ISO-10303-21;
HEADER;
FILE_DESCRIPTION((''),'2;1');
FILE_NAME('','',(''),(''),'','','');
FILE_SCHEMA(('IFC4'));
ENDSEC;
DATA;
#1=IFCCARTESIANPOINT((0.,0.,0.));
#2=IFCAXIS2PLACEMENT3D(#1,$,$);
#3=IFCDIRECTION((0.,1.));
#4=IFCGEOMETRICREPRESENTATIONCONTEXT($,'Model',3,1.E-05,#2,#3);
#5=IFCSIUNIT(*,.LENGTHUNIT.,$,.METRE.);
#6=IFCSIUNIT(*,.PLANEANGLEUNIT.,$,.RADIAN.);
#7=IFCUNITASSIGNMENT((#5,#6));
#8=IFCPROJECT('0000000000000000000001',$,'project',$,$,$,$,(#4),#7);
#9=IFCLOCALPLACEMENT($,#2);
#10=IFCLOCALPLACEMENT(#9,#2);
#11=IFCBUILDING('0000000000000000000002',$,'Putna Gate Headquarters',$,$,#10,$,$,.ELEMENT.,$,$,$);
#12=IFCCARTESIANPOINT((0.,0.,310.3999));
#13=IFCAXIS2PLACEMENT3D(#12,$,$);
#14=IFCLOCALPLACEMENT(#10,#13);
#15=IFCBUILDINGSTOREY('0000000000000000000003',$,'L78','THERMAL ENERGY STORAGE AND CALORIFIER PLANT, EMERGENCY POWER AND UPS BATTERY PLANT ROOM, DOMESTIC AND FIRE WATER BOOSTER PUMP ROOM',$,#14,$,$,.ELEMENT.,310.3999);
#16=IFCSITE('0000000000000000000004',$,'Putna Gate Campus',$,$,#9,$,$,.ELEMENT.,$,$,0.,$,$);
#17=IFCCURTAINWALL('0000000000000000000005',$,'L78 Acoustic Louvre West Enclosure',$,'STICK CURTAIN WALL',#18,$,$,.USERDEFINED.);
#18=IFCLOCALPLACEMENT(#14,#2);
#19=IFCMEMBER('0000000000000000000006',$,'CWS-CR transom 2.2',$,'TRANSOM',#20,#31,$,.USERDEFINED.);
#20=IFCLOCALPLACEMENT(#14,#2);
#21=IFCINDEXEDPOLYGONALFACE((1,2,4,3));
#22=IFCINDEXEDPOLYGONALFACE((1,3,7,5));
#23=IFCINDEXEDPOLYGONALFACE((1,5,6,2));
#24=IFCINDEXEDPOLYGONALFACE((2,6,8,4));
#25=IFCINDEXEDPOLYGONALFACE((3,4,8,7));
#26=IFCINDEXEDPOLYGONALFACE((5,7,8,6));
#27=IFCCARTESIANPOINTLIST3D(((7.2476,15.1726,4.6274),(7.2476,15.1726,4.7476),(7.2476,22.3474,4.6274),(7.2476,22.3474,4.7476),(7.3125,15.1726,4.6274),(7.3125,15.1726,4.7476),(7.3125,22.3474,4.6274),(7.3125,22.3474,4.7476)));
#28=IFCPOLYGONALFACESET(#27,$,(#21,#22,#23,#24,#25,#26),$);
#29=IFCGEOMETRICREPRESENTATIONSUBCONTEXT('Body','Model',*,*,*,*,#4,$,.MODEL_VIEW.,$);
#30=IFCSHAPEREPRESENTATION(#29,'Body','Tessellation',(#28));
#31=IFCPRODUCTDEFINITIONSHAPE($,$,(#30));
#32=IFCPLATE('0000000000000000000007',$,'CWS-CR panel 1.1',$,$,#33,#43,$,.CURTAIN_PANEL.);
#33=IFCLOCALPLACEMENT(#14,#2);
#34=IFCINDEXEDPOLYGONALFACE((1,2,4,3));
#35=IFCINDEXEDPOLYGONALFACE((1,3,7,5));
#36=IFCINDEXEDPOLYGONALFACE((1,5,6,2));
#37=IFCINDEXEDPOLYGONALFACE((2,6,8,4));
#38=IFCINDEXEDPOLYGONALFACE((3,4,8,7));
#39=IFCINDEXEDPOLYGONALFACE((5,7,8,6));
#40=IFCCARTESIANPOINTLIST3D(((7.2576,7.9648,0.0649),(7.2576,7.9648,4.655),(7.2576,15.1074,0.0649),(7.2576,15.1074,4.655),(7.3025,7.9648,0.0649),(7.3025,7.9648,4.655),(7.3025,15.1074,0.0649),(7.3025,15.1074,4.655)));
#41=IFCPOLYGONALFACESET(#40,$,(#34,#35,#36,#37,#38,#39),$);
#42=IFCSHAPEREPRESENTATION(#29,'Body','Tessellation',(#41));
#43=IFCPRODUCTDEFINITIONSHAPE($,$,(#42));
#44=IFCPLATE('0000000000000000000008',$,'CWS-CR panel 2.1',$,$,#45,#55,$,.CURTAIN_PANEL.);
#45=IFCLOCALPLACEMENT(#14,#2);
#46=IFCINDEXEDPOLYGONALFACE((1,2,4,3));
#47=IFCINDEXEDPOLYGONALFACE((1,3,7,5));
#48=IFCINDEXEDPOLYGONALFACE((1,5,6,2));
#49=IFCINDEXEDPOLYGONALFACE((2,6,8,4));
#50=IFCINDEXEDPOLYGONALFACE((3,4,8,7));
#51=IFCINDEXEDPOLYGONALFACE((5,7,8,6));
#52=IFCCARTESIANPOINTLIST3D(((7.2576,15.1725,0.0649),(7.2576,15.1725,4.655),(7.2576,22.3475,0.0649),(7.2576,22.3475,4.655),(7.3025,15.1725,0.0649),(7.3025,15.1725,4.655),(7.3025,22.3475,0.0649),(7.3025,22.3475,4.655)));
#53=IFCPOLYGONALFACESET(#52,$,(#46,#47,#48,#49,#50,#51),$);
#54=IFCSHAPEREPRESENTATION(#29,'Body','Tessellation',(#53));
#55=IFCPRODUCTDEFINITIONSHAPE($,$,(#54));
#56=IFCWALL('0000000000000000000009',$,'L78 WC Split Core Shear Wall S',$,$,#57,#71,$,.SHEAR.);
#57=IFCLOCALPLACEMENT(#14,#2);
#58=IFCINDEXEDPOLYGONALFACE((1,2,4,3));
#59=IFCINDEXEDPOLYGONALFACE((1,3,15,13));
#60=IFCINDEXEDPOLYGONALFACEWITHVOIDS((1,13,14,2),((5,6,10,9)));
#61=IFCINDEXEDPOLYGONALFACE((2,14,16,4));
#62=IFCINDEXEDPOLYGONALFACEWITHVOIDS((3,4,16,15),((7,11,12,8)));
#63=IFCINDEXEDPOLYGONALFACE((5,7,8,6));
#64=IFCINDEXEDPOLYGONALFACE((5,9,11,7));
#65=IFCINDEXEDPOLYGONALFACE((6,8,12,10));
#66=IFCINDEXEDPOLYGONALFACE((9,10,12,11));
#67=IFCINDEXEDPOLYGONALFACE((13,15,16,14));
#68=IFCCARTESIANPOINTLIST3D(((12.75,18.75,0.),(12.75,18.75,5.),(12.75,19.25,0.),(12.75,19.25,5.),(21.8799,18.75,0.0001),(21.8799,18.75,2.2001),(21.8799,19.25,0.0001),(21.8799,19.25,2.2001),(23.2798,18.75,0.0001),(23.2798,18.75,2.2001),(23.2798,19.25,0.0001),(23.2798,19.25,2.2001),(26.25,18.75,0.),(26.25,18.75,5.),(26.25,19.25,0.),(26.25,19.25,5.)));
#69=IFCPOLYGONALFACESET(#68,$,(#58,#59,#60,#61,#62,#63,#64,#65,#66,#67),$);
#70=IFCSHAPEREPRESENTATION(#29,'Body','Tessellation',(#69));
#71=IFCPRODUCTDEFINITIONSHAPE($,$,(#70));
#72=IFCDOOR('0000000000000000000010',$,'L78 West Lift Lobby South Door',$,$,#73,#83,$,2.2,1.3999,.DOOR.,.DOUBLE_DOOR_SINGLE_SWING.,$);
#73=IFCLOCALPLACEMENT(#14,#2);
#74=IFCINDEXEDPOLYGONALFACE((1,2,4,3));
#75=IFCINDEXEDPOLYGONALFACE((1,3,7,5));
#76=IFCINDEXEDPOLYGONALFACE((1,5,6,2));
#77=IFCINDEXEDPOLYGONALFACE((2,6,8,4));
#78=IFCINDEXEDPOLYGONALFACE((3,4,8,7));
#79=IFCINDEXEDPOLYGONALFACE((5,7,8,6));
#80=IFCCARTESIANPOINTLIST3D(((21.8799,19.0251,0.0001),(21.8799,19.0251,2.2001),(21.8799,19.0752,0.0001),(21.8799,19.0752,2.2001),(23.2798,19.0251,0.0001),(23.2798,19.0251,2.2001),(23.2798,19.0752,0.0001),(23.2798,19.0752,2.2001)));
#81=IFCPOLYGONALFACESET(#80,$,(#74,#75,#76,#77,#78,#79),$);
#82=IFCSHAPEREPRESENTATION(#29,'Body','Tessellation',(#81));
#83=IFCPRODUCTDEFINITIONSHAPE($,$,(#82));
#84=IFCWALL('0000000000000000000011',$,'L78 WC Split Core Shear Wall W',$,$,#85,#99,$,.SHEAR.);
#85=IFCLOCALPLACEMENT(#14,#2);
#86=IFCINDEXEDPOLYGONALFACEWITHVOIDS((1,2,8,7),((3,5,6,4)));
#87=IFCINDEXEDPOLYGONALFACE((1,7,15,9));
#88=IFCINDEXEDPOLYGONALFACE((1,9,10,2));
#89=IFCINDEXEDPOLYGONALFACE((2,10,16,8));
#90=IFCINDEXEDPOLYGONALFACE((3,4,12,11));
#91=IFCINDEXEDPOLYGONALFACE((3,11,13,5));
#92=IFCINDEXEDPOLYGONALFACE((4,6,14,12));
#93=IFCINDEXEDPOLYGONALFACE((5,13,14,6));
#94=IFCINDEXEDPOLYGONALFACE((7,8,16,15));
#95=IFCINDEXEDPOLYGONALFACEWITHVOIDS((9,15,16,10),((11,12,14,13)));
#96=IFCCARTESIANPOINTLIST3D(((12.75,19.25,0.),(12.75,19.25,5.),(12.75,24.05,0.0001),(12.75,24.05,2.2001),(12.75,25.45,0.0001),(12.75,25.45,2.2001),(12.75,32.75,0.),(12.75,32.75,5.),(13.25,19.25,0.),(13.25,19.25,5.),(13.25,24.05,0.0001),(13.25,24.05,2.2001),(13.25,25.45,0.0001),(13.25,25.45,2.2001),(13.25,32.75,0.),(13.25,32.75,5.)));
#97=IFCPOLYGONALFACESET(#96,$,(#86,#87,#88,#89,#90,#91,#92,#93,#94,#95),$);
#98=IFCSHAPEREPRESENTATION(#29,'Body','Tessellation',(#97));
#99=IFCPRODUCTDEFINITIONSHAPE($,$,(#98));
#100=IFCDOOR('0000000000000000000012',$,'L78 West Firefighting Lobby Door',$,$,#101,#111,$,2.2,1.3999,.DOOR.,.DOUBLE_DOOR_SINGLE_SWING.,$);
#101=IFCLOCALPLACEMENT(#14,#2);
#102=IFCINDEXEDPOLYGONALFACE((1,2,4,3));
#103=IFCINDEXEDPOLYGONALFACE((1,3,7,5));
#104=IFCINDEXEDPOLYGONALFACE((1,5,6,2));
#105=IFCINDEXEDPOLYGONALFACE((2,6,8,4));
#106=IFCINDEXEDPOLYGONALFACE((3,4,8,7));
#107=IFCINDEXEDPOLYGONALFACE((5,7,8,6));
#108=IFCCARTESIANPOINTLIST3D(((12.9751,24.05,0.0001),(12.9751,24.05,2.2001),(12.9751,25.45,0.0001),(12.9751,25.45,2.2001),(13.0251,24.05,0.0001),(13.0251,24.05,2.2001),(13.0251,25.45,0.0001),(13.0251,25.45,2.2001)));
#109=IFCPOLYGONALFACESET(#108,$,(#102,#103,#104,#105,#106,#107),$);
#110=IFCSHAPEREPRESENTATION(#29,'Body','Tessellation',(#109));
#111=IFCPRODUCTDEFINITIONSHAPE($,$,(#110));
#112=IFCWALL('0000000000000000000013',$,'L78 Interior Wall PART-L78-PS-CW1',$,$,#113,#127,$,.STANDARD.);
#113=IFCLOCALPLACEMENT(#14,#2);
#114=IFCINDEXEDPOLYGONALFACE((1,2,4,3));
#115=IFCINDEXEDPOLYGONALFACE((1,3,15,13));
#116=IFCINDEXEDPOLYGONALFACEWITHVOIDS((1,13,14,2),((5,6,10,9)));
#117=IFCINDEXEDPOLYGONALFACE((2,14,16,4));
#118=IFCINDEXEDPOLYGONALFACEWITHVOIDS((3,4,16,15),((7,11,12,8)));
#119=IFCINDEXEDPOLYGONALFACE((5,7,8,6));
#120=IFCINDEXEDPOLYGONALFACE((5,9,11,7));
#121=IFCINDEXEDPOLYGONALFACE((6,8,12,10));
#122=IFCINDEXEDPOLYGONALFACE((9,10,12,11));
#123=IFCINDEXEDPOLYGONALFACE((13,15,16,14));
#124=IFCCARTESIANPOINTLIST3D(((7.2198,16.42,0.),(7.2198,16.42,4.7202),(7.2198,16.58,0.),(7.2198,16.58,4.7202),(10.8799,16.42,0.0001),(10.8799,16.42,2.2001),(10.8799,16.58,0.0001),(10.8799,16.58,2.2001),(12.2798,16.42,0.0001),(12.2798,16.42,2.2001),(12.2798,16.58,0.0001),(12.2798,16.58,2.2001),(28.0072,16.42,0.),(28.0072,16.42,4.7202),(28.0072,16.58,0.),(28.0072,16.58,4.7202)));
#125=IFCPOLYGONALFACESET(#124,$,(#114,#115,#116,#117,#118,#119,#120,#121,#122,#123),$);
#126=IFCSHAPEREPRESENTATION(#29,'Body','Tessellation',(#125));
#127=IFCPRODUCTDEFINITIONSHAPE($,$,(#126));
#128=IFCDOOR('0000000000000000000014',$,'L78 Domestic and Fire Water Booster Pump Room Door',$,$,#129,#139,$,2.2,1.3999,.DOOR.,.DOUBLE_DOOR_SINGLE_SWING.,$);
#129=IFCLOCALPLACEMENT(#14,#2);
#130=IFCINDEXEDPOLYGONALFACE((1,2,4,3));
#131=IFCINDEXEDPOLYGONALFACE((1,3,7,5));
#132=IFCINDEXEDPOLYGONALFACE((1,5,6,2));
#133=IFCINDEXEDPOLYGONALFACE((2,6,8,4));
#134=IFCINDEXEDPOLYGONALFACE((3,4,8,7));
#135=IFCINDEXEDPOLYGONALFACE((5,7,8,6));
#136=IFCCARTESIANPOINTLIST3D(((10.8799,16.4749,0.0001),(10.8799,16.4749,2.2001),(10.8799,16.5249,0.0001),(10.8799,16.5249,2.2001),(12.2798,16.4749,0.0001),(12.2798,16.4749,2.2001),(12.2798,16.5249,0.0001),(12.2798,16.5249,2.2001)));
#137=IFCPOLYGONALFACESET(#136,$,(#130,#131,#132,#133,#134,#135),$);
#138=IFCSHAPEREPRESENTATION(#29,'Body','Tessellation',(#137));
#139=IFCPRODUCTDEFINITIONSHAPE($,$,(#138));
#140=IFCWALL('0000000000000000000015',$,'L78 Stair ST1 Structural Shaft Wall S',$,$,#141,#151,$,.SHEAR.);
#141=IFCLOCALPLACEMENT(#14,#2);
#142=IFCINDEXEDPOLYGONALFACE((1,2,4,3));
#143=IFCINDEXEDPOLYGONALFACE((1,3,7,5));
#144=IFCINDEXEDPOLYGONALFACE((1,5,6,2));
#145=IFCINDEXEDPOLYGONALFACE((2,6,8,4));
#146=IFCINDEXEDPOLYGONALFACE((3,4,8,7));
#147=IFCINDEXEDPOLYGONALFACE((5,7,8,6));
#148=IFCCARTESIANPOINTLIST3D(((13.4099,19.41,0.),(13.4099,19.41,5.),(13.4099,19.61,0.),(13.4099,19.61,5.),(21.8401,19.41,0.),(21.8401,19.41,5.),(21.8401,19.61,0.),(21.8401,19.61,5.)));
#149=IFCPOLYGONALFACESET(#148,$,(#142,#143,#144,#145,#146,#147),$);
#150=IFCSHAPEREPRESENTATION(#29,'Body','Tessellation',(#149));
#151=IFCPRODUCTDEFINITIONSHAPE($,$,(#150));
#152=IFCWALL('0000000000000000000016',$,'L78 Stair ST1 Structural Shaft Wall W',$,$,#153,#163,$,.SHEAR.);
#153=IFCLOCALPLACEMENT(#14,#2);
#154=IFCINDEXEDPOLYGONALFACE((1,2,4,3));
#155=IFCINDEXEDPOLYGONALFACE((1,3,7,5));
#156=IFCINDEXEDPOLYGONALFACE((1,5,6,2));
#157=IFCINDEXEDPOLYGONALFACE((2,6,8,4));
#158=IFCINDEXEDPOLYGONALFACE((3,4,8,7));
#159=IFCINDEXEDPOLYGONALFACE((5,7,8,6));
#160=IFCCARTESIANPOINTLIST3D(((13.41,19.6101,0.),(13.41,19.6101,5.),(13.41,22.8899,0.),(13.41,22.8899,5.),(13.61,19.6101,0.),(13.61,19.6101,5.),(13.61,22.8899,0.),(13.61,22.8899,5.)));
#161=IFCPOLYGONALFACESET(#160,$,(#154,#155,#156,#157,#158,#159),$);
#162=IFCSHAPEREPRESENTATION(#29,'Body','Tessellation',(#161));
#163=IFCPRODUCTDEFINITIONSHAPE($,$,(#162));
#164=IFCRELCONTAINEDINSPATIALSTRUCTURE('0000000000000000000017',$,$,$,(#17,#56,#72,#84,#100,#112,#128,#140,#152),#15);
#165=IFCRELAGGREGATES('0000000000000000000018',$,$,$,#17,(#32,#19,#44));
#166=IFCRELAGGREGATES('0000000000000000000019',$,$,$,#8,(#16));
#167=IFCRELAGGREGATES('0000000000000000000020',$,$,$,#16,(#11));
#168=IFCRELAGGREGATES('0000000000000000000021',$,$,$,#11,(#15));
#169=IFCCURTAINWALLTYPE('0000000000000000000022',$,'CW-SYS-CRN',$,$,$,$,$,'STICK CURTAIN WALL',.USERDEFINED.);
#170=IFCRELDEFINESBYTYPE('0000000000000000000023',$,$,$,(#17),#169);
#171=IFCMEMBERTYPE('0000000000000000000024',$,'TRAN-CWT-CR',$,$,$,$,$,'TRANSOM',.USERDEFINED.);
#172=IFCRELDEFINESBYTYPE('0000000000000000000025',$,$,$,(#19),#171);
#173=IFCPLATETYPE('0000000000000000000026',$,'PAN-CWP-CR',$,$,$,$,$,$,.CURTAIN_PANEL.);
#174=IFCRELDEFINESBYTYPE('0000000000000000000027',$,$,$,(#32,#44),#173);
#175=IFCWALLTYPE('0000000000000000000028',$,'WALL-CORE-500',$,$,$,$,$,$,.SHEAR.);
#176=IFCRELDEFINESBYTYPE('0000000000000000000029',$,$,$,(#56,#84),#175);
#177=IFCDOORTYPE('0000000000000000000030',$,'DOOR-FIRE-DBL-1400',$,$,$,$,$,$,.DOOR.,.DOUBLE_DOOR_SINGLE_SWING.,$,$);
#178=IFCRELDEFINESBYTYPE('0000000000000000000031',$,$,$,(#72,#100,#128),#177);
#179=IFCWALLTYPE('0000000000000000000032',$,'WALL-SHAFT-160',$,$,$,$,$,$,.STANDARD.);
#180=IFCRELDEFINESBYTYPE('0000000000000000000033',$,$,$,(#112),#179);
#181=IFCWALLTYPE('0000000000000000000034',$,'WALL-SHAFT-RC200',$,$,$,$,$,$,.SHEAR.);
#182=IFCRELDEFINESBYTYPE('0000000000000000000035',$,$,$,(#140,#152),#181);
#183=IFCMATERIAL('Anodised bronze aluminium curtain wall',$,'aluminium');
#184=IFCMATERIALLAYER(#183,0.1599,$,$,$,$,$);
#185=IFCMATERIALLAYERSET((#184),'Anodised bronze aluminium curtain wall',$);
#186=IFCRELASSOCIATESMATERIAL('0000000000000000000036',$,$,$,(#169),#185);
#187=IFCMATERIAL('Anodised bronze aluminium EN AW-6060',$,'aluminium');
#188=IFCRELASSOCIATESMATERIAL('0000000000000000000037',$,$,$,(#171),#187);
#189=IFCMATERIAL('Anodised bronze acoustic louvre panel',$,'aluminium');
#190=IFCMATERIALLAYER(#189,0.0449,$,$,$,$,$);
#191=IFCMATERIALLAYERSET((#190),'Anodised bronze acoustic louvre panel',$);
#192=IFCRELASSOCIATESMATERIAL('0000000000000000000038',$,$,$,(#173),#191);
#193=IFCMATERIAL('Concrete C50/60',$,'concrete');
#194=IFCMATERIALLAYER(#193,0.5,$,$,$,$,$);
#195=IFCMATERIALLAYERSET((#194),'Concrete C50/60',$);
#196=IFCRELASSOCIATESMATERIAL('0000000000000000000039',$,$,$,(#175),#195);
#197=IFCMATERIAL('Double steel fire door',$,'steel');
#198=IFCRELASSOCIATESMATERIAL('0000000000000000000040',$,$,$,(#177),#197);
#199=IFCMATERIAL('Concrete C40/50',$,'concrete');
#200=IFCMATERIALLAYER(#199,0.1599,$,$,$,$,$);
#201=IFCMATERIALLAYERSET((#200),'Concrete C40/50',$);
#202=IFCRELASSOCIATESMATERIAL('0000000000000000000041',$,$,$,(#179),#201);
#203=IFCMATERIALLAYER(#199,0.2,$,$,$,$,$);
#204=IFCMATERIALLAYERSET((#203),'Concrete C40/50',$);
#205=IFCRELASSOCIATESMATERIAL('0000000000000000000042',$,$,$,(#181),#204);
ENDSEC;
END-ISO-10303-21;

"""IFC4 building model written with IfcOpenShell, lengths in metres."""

from ifc_helpers import new_model, si_unit, direction, frame, frame_2d, origin, origin_2d, place, context, subcontext, project, spatial, rectangle, extrude, material, layer, layer_set, material_profile, profile_set, type_object, element, fill, aggregate, save


model = new_model("IFC4")

# Units and contexts
model_context = context("Model", 3, precision=1e-05, world=origin(), true_north=direction((0.0, 1.0)))
body_context = subcontext(model_context, "Body", "Model", "MODEL_VIEW")
ifc_project = project(units=[si_unit("LENGTHUNIT", "METRE"), si_unit("PLANEANGLEUNIT", "RADIAN")], contexts=[model_context])

# Site, building, storey
site_placement = place(None, origin())
site = spatial("IfcSite", under=ifc_project, at=site_placement, Name="Putna Gate Campus", CompositionType="ELEMENT", RefElevation=0.0)
building_placement = place(site_placement, origin())
building = spatial("IfcBuilding", under=site, at=building_placement, Name="Putna Gate Headquarters", CompositionType="ELEMENT")
storey_placement = place(building_placement, frame((0.0, 0.0, 310.3999)))
storey = spatial("IfcBuildingStorey", under=building, at=storey_placement, Name="L78", Description="THERMAL ENERGY STORAGE AND CALORIFIER PLANT, EMERGENCY POWER AND UPS BATTERY PLANT ROOM, DOMESTIC AND FIRE WATER BOOSTER PUMP ROOM", CompositionType="ELEMENT", Elevation=310.3999)

# Curtain wall, member, plates
ifc_material_1 = material(Name="Anodised bronze aluminium curtain wall", Category="aluminium")
ifc_layer_1 = layer(ifc_material_1, 0.1599)
ifc_layer_set_1 = layer_set([ifc_layer_1], Name="Anodised bronze aluminium curtain wall")
curtain_wall_type = type_object("IfcCurtainWallType", Name="CW-SYS-CRN", ElementType="STICK CURTAIN WALL", PredefinedType="USERDEFINED", material=ifc_layer_set_1)
curtain_wall_placement = place(storey_placement, origin())
curtain_wall = element("IfcCurtainWall", 1, at=curtain_wall_placement, inside=storey, type_object=curtain_wall_type, Name="L78 Acoustic Louvre West Enclosure", ObjectType="STICK CURTAIN WALL", PredefinedType="USERDEFINED")
ifc_material_2 = material(Name="Anodised bronze aluminium EN AW-6060", Category="aluminium")
ifc_material_profile_1 = material_profile(ifc_material_2, rectangle(XDim=0.0649, YDim=0.1201, at=origin_2d()), Name="Anodised bronze aluminium EN AW-6060")
ifc_profile_set_1 = profile_set([ifc_material_profile_1], Name="Anodised bronze aluminium EN AW-6060")
member_type_1 = type_object("IfcMemberType", Name="TRAN-CWT-CR", ElementType="TRANSOM", PredefinedType="USERDEFINED", material=ifc_profile_set_1)
member_1_placement = place(storey_placement, frame((7.28, 15.1726, 4.6875), z_axis=(0.0, 1.0, 0.0), x_axis=(-1.0, 0.0, 0.0)))
member_1 = element("IfcMember", 2, at=member_1_placement, type_object=member_type_1, Name="CWS-CR transom 2.2", ObjectType="TRANSOM", PredefinedType="USERDEFINED", context=body_context, shape_type="SweptSolid", body=[
    extrude(rectangle(XDim=0.0649, YDim=0.1201, at=origin_2d()), origin(), (0.0, 0.0, 1.0), 7.1748),
])
ifc_material_3 = material(Name="Anodised bronze acoustic louvre panel", Category="aluminium")
ifc_layer_2 = layer(ifc_material_3, 0.0449)
ifc_layer_set_2 = layer_set([ifc_layer_2], Name="Anodised bronze acoustic louvre panel")
plate_type = type_object("IfcPlateType", Name="PAN-CWP-CR", PredefinedType="CURTAIN_PANEL", material=ifc_layer_set_2)
plate_1_placement = place(storey_placement, frame((7.28, 11.5361, 0.0649), z_axis=(0.0, 0.0, 1.0), x_axis=(0.0, 1.0, 0.0)))
plate_1 = element("IfcPlate", 3, at=plate_1_placement, type_object=plate_type, Name="CWS-CR panel 1.1", PredefinedType="CURTAIN_PANEL", context=body_context, shape_type="SweptSolid", body=[
    extrude(rectangle(XDim=7.1426, YDim=0.0449, at=origin_2d()), origin(), (0.0, 0.0, 1.0), 4.5901),
])
plate_2_placement = place(storey_placement, frame((7.28, 18.76, 0.0649), z_axis=(0.0, 0.0, 1.0), x_axis=(0.0, 1.0, 0.0)))
plate_2 = element("IfcPlate", 4, at=plate_2_placement, type_object=plate_type, Name="CWS-CR panel 2.1", PredefinedType="CURTAIN_PANEL", context=body_context, shape_type="SweptSolid", body=[
    extrude(rectangle(XDim=7.175, YDim=0.0449, at=origin_2d()), origin(), (0.0, 0.0, 1.0), 4.5901),
])
aggregate(curtain_wall, [plate_1, member_1, plate_2])

# Walls, openings, doors
ifc_material_4 = material(Name="Concrete C50/60", Category="concrete")
ifc_layer_3 = layer(ifc_material_4, 0.5)
ifc_layer_set_3 = layer_set([ifc_layer_3], Name="Concrete C50/60")
wall_type_1 = type_object("IfcWallType", Name="WALL-CORE-500", PredefinedType="SHEAR", material=ifc_layer_set_3)
wall_1_placement = place(storey_placement, frame((12.75, 19.0, 0.0), z_axis=(0.0, 0.0, 1.0), x_axis=(1.0, 0.0, 0.0)))
wall_1 = element("IfcWall", 5, at=wall_1_placement, inside=storey, type_object=wall_type_1, Name="L78 WC Split Core Shear Wall S", PredefinedType="SHEAR", context=body_context, shape_type="SweptSolid", body=[
    extrude(rectangle(XDim=13.5, YDim=0.5, at=frame_2d((6.75, 0.0))), origin(), (0.0, 0.0, 1.0), 5.0),
])
opening_1_placement = place(wall_1_placement, frame((9.1299, 0.0, 0.0)))
opening_1 = element("IfcOpeningElement", 6, at=opening_1_placement, cuts=wall_1, PredefinedType="OPENING", context=body_context, shape_type="SweptSolid", body=[
    extrude(rectangle(XDim=1.3999, YDim=2.2, at=frame_2d((0.7, 1.1001))), frame((0.0, 0.26, 0.0), z_axis=(0.0, -1.0, 0.0), x_axis=(1.0, 0.0, 0.0)), (0.0, 0.0, 1.0), 0.52),
])
ifc_material_5 = material(Name="Double steel fire door", Category="steel")
door_type = type_object("IfcDoorType", Name="DOOR-FIRE-DBL-1400", OperationType="DOUBLE_DOOR_SINGLE_SWING", PredefinedType="DOOR", material=ifc_material_5)
door_1_placement = place(opening_1_placement, origin())
door_1 = element("IfcDoor", 7, at=door_1_placement, inside=storey, type_object=door_type, Name="L78 West Lift Lobby South Door", OperationType="DOUBLE_DOOR_SINGLE_SWING", OverallHeight=2.2, OverallWidth=1.3999, PredefinedType="DOOR", context=body_context, shape_type="SweptSolid", body=[
    extrude(rectangle(XDim=1.3999, YDim=2.2, at=frame_2d((0.7, 1.1001))), frame((0.0, 0.0752, 0.0), z_axis=(0.0, -1.0, 0.0), x_axis=(1.0, 0.0, 0.0)), (0.0, 0.0, 1.0), 0.05),
])
fill(opening_1, door_1)
wall_2_placement = place(storey_placement, frame((13.0, 19.25, 0.0), z_axis=(0.0, 0.0, 1.0), x_axis=(0.0, 1.0, 0.0)))
wall_2 = element("IfcWall", 8, at=wall_2_placement, inside=storey, type_object=wall_type_1, Name="L78 WC Split Core Shear Wall W", PredefinedType="SHEAR", context=body_context, shape_type="SweptSolid", body=[
    extrude(rectangle(XDim=13.5, YDim=0.5, at=frame_2d((6.75, 0.0))), origin(), (0.0, 0.0, 1.0), 5.0),
])
opening_2_placement = place(wall_2_placement, frame((4.8, 0.0, 0.0)))
opening_2 = element("IfcOpeningElement", 9, at=opening_2_placement, cuts=wall_2, PredefinedType="OPENING", context=body_context, shape_type="SweptSolid", body=[
    extrude(rectangle(XDim=1.3999, YDim=2.2, at=frame_2d((0.7, 1.1001))), frame((0.0, 0.26, 0.0), z_axis=(0.0, -1.0, 0.0), x_axis=(1.0, 0.0, 0.0)), (0.0, 0.0, 1.0), 0.52),
])
door_2_placement = place(opening_2_placement, origin())
door_2 = element("IfcDoor", 10, at=door_2_placement, inside=storey, type_object=door_type, Name="L78 West Firefighting Lobby Door", OperationType="DOUBLE_DOOR_SINGLE_SWING", OverallHeight=2.2, OverallWidth=1.3999, PredefinedType="DOOR", context=body_context, shape_type="SweptSolid", body=[
    extrude(rectangle(XDim=1.3999, YDim=2.2, at=frame_2d((0.7, 1.1001))), frame((0.0, 0.0249, 0.0), z_axis=(0.0, -1.0, 0.0), x_axis=(1.0, 0.0, 0.0)), (0.0, 0.0, 1.0), 0.05),
])
fill(opening_2, door_2)
ifc_material_6 = material(Name="Concrete C40/50", Category="concrete")
ifc_layer_4 = layer(ifc_material_6, 0.1599)
ifc_layer_set_4 = layer_set([ifc_layer_4], Name="Concrete C40/50")
wall_type_2 = type_object("IfcWallType", Name="WALL-SHAFT-160", PredefinedType="STANDARD", material=ifc_layer_set_4)
wall_3_placement = place(storey_placement, frame((7.22, 16.5, 0.0), z_axis=(0.0, 0.0, 1.0), x_axis=(1.0, 0.0, 0.0)))
wall_3 = element("IfcWall", 11, at=wall_3_placement, inside=storey, type_object=wall_type_2, Name="L78 Interior Wall PART-L78-PS-CW1", PredefinedType="STANDARD", context=body_context, shape_type="SweptSolid", body=[
    extrude(rectangle(XDim=20.7874, YDim=0.1599, at=frame_2d((10.3936, 0.0))), origin(), (0.0, 0.0, 1.0), 4.7202),
])
opening_3_placement = place(wall_3_placement, frame((3.6599, 0.0, 0.0)))
opening_3 = element("IfcOpeningElement", 12, at=opening_3_placement, cuts=wall_3, PredefinedType="OPENING", context=body_context, shape_type="SweptSolid", body=[
    extrude(rectangle(XDim=1.3999, YDim=2.2, at=frame_2d((0.7, 1.1001))), frame((0.0, 0.0898, 0.0), z_axis=(0.0, -1.0, 0.0), x_axis=(1.0, 0.0, 0.0)), (0.0, 0.0, 1.0), 0.1799),
])
door_3_placement = place(opening_3_placement, origin())
door_3 = element("IfcDoor", 13, at=door_3_placement, inside=storey, type_object=door_type, Name="L78 Domestic and Fire Water Booster Pump Room Door", OperationType="DOUBLE_DOOR_SINGLE_SWING", OverallHeight=2.2, OverallWidth=1.3999, PredefinedType="DOOR", context=body_context, shape_type="SweptSolid", body=[
    extrude(rectangle(XDim=1.3999, YDim=2.2, at=frame_2d((0.7, 1.1001))), frame((0.0, 0.0249, 0.0), z_axis=(0.0, -1.0, 0.0), x_axis=(1.0, 0.0, 0.0)), (0.0, 0.0, 1.0), 0.05),
])
fill(opening_3, door_3)

# Walls
ifc_layer_5 = layer(ifc_material_6, 0.2)
ifc_layer_set_5 = layer_set([ifc_layer_5], Name="Concrete C40/50")
wall_type_3 = type_object("IfcWallType", Name="WALL-SHAFT-RC200", PredefinedType="SHEAR", material=ifc_layer_set_5)
wall_4_placement = place(storey_placement, frame((13.4099, 19.51, 0.0), z_axis=(0.0, 0.0, 1.0), x_axis=(1.0, 0.0, 0.0)))
element("IfcWall", 14, at=wall_4_placement, inside=storey, type_object=wall_type_3, Name="L78 Stair ST1 Structural Shaft Wall S", PredefinedType="SHEAR", context=body_context, shape_type="SweptSolid", body=[
    extrude(rectangle(XDim=8.4302, YDim=0.2, at=frame_2d((4.2151, 0.0))), origin(), (0.0, 0.0, 1.0), 5.0),
])
wall_5_placement = place(storey_placement, frame((13.51, 19.6101, 0.0), z_axis=(0.0, 0.0, 1.0), x_axis=(0.0, 1.0, 0.0)))
element("IfcWall", 15, at=wall_5_placement, inside=storey, type_object=wall_type_3, Name="L78 Stair ST1 Structural Shaft Wall W", PredefinedType="SHEAR", context=body_context, shape_type="SweptSolid", body=[
    extrude(rectangle(XDim=3.2798, YDim=0.2, at=frame_2d((1.6399, 0.0))), origin(), (0.0, 0.0, 1.0), 5.0),
])

save(model, "model.ifc")
